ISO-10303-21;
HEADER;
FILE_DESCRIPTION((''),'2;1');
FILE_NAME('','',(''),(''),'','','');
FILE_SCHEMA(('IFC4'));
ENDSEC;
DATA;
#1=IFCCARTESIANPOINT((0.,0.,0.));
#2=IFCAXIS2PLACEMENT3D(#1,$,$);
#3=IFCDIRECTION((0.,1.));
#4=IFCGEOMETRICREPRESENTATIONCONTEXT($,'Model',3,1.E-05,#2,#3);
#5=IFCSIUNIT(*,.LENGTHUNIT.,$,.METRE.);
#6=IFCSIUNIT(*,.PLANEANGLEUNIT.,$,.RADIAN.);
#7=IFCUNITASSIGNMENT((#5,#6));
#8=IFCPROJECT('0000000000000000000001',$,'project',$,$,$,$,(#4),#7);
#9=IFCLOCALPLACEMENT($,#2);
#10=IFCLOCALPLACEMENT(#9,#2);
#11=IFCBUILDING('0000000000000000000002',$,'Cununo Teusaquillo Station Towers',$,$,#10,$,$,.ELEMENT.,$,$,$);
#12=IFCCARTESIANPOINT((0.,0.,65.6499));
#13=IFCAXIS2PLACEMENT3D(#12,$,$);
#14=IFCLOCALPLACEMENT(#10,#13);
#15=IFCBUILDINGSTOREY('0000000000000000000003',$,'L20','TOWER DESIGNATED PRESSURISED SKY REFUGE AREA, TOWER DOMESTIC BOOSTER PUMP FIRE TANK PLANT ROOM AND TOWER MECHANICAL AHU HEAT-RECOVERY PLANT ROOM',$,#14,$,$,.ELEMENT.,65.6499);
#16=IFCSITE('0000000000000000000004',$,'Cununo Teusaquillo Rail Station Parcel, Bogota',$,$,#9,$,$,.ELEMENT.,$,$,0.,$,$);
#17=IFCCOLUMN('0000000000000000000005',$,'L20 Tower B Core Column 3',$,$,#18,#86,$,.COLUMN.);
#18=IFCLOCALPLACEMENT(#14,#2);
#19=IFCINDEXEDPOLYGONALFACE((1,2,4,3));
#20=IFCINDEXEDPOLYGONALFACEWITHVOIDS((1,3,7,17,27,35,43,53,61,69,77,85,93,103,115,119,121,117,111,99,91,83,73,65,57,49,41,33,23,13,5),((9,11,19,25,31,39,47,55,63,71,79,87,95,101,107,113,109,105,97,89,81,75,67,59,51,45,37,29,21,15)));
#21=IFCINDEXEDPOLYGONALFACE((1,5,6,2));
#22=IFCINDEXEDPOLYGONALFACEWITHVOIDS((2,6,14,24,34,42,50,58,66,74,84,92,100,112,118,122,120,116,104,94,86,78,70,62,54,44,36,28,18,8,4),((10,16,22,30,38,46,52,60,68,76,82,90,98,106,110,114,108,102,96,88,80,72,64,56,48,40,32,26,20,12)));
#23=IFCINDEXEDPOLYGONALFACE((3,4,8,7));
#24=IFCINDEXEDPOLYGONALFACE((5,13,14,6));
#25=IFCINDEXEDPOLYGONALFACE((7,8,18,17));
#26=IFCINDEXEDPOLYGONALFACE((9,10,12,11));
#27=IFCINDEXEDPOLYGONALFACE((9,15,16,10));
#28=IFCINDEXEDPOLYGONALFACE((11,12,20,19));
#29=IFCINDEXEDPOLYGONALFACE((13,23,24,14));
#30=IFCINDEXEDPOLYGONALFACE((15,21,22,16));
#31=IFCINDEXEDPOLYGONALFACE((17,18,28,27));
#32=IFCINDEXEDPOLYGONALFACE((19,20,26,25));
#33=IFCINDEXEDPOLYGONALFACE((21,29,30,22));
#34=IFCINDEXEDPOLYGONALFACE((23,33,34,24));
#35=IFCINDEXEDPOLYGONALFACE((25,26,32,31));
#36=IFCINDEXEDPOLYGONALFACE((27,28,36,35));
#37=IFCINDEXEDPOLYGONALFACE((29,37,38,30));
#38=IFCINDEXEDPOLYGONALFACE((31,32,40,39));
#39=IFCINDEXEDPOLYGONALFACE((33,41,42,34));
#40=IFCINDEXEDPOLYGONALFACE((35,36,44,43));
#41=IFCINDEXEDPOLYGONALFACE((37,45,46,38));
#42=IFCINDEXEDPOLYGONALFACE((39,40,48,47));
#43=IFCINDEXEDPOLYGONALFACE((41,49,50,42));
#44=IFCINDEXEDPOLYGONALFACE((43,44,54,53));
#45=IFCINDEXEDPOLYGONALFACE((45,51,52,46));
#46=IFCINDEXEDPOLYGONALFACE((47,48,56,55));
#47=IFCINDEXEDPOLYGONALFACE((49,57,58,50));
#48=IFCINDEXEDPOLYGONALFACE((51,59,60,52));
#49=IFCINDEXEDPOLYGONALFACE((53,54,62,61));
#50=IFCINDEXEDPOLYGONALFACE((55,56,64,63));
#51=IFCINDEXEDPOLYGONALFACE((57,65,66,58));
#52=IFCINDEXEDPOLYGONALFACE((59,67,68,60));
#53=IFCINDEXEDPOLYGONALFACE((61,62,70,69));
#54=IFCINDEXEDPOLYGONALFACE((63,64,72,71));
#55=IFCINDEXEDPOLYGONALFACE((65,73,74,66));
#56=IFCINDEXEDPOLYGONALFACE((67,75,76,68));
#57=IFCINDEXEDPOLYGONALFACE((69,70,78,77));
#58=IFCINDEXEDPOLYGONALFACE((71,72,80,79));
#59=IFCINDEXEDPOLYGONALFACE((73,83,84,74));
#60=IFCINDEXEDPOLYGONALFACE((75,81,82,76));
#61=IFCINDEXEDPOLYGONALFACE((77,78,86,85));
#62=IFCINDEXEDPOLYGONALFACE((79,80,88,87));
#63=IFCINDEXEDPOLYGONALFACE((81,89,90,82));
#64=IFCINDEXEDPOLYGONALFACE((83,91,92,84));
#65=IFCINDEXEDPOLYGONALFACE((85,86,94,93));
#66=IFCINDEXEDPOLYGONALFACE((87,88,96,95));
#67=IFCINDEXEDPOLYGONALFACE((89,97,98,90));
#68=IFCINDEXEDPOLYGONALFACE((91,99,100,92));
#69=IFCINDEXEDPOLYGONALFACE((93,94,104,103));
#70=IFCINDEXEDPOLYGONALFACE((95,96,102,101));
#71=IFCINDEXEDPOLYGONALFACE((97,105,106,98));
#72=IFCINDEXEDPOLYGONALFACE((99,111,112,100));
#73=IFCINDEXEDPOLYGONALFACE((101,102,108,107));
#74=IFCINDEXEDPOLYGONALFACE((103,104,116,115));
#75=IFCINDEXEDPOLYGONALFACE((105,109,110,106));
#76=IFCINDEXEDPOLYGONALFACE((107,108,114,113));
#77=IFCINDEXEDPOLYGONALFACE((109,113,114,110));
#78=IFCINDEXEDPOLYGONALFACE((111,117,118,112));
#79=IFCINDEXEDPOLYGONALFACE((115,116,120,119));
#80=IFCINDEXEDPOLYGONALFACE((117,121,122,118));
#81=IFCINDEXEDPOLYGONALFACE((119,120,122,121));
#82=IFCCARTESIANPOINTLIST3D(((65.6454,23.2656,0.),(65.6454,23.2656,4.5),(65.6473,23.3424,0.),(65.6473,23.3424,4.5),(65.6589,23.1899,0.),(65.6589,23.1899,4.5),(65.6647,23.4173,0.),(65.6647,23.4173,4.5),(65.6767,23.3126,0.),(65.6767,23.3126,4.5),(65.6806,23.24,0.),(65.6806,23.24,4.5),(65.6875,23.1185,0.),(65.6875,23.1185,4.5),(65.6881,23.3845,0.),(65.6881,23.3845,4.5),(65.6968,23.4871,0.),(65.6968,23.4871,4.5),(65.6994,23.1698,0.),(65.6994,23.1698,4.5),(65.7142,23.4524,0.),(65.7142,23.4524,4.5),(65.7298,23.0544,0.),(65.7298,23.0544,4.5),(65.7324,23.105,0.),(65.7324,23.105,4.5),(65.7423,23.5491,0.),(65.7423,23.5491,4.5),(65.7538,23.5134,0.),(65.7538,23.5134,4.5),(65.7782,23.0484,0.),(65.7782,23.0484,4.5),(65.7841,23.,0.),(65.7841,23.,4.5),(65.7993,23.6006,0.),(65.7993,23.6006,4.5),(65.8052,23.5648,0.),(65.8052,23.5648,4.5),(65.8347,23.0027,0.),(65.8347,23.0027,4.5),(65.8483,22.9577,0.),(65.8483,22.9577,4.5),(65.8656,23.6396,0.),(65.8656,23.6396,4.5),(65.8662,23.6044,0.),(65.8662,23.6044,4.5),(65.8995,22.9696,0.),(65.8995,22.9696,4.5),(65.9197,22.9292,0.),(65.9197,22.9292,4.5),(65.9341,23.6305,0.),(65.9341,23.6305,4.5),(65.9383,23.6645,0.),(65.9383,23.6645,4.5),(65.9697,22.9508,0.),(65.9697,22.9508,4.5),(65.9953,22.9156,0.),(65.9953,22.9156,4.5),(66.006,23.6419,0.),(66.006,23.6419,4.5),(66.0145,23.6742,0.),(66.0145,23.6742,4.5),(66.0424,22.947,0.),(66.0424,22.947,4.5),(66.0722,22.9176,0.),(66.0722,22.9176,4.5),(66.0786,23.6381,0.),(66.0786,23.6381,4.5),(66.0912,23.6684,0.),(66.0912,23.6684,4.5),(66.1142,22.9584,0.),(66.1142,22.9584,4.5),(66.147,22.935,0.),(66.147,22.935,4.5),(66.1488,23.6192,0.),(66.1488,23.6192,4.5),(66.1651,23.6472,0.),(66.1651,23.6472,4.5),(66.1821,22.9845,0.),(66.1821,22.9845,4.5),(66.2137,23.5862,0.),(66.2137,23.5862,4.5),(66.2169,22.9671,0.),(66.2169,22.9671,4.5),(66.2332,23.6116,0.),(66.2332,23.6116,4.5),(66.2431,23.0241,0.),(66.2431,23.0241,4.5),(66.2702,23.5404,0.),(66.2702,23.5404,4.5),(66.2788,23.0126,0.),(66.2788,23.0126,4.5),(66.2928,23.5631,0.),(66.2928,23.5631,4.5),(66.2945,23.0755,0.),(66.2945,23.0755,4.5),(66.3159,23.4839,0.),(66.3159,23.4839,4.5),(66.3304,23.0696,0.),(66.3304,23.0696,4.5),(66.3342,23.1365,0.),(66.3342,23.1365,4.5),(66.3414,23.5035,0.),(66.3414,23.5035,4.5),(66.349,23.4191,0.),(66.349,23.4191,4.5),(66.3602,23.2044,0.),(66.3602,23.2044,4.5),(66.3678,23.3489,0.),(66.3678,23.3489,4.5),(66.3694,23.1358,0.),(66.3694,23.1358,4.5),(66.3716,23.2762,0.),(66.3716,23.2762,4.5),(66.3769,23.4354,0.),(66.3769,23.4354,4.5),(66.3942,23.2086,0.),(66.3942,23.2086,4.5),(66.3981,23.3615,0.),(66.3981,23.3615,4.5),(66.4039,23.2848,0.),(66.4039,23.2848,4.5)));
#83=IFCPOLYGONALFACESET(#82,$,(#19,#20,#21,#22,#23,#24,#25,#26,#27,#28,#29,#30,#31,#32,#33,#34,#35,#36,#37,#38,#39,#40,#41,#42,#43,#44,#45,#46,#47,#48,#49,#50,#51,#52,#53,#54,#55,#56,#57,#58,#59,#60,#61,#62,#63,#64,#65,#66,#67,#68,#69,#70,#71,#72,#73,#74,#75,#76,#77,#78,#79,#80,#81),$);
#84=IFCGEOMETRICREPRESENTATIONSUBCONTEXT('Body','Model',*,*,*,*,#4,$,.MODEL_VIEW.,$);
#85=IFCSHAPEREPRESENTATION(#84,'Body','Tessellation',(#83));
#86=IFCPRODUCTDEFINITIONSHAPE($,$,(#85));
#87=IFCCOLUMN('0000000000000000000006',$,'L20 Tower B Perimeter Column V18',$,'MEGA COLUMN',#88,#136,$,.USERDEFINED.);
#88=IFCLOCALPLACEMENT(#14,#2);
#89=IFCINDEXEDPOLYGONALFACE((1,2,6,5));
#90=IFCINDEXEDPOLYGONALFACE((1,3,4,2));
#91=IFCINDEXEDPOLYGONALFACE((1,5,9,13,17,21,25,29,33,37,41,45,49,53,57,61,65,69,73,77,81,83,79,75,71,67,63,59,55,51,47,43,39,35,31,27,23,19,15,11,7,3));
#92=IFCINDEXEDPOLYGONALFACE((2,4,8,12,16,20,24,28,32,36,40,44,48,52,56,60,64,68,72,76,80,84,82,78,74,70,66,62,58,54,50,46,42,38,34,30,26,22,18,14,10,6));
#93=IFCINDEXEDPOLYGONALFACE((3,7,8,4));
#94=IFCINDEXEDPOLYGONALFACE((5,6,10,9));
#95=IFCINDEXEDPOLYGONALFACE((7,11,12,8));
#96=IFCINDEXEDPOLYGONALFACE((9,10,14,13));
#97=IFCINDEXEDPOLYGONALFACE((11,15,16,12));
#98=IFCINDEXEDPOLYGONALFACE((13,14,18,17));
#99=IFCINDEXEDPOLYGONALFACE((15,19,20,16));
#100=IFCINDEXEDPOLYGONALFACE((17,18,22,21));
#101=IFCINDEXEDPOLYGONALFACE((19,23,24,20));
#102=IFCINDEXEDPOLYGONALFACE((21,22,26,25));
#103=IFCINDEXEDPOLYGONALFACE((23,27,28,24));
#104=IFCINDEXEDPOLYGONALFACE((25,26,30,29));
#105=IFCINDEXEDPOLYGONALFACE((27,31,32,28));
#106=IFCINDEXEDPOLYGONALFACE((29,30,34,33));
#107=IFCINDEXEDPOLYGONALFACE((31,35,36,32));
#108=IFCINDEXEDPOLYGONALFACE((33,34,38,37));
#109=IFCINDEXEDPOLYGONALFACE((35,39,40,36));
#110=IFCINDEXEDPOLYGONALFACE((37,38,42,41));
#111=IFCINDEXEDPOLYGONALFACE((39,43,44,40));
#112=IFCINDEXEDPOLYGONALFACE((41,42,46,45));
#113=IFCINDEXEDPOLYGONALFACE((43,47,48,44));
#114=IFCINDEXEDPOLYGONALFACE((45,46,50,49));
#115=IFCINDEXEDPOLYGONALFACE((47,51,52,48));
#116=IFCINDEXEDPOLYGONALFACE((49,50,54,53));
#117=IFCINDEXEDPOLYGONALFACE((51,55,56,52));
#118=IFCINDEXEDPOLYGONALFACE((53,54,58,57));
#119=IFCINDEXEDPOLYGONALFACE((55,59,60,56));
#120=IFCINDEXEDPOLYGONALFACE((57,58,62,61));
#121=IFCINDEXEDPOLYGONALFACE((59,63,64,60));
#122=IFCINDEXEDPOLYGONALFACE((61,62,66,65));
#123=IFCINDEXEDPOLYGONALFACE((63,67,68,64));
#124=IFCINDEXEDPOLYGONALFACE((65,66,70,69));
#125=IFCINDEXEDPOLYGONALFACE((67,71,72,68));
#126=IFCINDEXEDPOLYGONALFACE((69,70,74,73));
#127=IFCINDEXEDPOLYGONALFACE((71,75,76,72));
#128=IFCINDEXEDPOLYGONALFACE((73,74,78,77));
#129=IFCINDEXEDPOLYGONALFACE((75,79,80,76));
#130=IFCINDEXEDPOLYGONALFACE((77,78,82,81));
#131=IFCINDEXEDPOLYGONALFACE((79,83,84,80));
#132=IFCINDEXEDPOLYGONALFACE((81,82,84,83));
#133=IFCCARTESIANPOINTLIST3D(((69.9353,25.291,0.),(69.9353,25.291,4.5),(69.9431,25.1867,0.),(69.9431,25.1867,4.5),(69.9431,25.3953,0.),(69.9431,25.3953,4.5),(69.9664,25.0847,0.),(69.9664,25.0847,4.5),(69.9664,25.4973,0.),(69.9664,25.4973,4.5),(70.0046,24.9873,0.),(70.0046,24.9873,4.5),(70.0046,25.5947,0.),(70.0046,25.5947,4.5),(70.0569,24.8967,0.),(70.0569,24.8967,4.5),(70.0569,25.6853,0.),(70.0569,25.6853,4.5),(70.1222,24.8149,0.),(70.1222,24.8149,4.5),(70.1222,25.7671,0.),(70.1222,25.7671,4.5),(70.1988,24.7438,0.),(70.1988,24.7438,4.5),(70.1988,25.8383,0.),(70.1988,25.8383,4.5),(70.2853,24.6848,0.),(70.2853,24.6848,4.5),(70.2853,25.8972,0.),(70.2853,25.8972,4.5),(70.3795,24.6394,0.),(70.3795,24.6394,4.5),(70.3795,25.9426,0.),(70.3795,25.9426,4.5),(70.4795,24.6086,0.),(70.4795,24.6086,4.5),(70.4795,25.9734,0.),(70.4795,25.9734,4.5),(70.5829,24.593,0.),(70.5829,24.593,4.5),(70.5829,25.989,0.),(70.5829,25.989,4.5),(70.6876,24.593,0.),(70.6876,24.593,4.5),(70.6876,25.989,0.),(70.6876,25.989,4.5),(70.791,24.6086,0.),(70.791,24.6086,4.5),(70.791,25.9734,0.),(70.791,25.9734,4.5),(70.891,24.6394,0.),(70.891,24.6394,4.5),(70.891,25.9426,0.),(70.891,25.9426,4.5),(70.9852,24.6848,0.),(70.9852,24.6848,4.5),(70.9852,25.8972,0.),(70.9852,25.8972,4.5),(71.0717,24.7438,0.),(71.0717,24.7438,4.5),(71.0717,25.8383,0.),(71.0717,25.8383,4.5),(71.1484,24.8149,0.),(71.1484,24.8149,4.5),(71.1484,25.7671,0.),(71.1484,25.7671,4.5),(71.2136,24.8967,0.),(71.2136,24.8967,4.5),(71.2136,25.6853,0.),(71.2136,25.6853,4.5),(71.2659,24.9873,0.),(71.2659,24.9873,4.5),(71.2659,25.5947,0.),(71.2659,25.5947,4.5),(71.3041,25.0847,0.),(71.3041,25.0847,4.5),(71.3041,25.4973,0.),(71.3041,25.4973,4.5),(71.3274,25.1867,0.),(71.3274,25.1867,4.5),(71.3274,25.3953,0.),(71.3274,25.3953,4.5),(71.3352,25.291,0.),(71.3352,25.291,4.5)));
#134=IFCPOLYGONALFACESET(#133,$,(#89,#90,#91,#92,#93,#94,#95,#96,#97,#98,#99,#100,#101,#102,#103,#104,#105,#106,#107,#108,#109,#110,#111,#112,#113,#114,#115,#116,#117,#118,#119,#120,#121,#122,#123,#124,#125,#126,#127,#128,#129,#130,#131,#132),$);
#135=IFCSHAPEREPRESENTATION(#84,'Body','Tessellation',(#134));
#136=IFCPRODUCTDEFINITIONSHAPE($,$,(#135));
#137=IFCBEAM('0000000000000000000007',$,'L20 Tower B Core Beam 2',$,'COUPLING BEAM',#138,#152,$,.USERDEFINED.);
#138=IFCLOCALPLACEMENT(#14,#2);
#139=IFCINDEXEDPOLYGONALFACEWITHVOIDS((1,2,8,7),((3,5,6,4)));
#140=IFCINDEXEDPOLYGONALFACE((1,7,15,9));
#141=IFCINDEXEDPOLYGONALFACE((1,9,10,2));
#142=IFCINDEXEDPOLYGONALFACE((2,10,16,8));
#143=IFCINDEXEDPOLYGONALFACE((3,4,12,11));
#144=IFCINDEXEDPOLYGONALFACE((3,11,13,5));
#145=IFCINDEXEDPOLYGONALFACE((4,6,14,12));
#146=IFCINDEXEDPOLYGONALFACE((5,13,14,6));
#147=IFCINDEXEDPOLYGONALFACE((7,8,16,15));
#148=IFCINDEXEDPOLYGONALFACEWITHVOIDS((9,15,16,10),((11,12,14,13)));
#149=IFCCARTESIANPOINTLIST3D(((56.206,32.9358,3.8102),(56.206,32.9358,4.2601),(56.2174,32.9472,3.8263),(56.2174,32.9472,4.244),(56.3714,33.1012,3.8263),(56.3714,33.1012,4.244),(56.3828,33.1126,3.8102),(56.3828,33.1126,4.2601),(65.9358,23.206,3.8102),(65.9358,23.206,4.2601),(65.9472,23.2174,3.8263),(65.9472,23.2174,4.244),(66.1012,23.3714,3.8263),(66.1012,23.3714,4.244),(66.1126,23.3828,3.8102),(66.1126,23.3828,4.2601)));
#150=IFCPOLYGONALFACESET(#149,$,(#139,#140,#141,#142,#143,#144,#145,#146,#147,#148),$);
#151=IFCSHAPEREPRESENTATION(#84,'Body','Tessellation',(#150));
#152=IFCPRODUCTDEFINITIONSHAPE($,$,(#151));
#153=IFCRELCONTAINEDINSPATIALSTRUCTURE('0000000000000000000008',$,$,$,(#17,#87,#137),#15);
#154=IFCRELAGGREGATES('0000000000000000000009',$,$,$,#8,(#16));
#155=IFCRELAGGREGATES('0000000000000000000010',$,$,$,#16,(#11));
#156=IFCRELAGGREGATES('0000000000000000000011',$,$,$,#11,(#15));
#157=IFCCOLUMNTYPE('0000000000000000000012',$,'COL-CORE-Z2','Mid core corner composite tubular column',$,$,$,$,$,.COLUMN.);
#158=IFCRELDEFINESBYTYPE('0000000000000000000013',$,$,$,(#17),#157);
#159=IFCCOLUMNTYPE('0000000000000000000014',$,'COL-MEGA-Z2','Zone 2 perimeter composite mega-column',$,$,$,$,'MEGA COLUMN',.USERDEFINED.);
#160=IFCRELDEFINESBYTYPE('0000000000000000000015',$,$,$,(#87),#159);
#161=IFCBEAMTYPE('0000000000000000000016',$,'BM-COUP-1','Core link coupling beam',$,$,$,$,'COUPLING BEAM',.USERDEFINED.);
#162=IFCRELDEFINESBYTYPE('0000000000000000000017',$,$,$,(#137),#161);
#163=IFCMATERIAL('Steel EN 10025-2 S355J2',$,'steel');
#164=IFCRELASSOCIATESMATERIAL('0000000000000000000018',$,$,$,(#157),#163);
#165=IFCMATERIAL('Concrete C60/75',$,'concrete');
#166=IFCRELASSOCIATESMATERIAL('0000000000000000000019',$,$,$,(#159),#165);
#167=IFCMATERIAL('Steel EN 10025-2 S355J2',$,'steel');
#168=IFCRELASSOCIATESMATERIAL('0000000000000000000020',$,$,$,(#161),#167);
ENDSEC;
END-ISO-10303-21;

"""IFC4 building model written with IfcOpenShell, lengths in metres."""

from ifc_helpers import new_model, si_unit, direction, frame, origin, origin_2d, place, context, subcontext, project, spatial, hollow_rectangle, circle, hollow_circle, extrude, material, material_profile, profile_set, type_object, element, save


model = new_model("IFC4")

# Units and contexts
model_context = context("Model", 3, precision=1e-05, world=origin(), true_north=direction((0.0, 1.0)))
body_context = subcontext(model_context, "Body", "Model", "MODEL_VIEW")
ifc_project = project(units=[si_unit("LENGTHUNIT", "METRE"), si_unit("PLANEANGLEUNIT", "RADIAN")], contexts=[model_context])

# Site, building, storey
site_placement = place(None, origin())
site = spatial("IfcSite", under=ifc_project, at=site_placement, Name="Cununo Teusaquillo Rail Station Parcel, Bogota", CompositionType="ELEMENT", RefElevation=0.0)
building_placement = place(site_placement, origin())
building = spatial("IfcBuilding", under=site, at=building_placement, Name="Cununo Teusaquillo Station Towers", CompositionType="ELEMENT")
storey_placement = place(building_placement, frame((0.0, 0.0, 65.6499)))
storey = spatial("IfcBuildingStorey", under=building, at=storey_placement, Name="L20", Description="TOWER DESIGNATED PRESSURISED SKY REFUGE AREA, TOWER DOMESTIC BOOSTER PUMP FIRE TANK PLANT ROOM AND TOWER MECHANICAL AHU HEAT-RECOVERY PLANT ROOM", CompositionType="ELEMENT", Elevation=65.6499)

# Columns
ifc_material_1 = material(Name="Steel EN 10025-2 S355J2", Category="steel")
ifc_material_profile_1 = material_profile(ifc_material_1, hollow_circle(Radius=0.3799, WallThickness=0.032, at=origin_2d()), Name="CHS 760x32")
ifc_profile_set_1 = profile_set([ifc_material_profile_1], Name="Steel EN 10025-2 S355J2")
column_type_1 = type_object("IfcColumnType", Name="COL-CORE-Z2", Description="Mid core corner composite tubular column", PredefinedType="COLUMN", material=ifc_profile_set_1)
column_1_placement = place(storey_placement, frame((66.0242, 23.2944, 0.0), z_axis=(0.0, 0.0, 1.0), x_axis=(0.707107, 0.707107, 0.0)))
element("IfcColumn", 1, at=column_1_placement, inside=storey, type_object=column_type_1, Name="L20 Tower B Core Column 3", PredefinedType="COLUMN", context=body_context, shape_type="SweptSolid", body=[
    extrude(hollow_circle(Radius=0.3799, WallThickness=0.032, at=origin_2d()), origin(), (0.0, 0.0, 1.0), 4.5),
])
ifc_material_2 = material(Name="Concrete C60/75", Category="concrete")
ifc_material_profile_2 = material_profile(ifc_material_2, circle(Radius=0.7, at=origin_2d()), Name="RC-CIRC-1400")
ifc_profile_set_2 = profile_set([ifc_material_profile_2], Name="Concrete C60/75")
column_type_2 = type_object("IfcColumnType", Name="COL-MEGA-Z2", Description="Zone 2 perimeter composite mega-column", ElementType="MEGA COLUMN", PredefinedType="USERDEFINED", material=ifc_profile_set_2)
column_2_placement = place(storey_placement, frame((70.6353, 25.291, 0.0), z_axis=(0.0, 0.0, 1.0), x_axis=(1.0, 0.0, 0.0)))
element("IfcColumn", 2, at=column_2_placement, inside=storey, type_object=column_type_2, Name="L20 Tower B Perimeter Column V18", ObjectType="MEGA COLUMN", PredefinedType="USERDEFINED", context=body_context, shape_type="SweptSolid", body=[
    extrude(circle(Radius=0.7, at=origin_2d()), origin(), (0.0, 0.0, 1.0), 4.5),
])

# Beam
ifc_material_3 = material(Name="Steel EN 10025-2 S355J2", Category="steel")
ifc_material_profile_3 = material_profile(ifc_material_3, hollow_rectangle(XDim=0.25, YDim=0.45, WallThickness=0.0161, at=origin_2d()), Name="RHS 450x250x16")
ifc_profile_set_3 = profile_set([ifc_material_profile_3], Name="Steel EN 10025-2 S355J2")
beam_type_1 = type_object("IfcBeamType", Name="BM-COUP-1", Description="Core link coupling beam", ElementType="COUPLING BEAM", PredefinedType="USERDEFINED", material=ifc_profile_set_3)
beam_1_placement = place(storey_placement, frame((66.0242, 23.2944, 4.0352), z_axis=(-0.707107, 0.707107, 0.0), x_axis=(-0.707107, -0.707107, 0.0)))
element("IfcBeam", 3, at=beam_1_placement, inside=storey, type_object=beam_type_1, Name="L20 Tower B Core Beam 2", ObjectType="COUPLING BEAM", PredefinedType="USERDEFINED", context=body_context, shape_type="SweptSolid", body=[
    extrude(hollow_rectangle(XDim=0.25, YDim=0.45, WallThickness=0.0161, at=origin_2d()), origin(), (0.0, 0.0, 1.0), 13.76),
])

save(model, "model.ifc")
